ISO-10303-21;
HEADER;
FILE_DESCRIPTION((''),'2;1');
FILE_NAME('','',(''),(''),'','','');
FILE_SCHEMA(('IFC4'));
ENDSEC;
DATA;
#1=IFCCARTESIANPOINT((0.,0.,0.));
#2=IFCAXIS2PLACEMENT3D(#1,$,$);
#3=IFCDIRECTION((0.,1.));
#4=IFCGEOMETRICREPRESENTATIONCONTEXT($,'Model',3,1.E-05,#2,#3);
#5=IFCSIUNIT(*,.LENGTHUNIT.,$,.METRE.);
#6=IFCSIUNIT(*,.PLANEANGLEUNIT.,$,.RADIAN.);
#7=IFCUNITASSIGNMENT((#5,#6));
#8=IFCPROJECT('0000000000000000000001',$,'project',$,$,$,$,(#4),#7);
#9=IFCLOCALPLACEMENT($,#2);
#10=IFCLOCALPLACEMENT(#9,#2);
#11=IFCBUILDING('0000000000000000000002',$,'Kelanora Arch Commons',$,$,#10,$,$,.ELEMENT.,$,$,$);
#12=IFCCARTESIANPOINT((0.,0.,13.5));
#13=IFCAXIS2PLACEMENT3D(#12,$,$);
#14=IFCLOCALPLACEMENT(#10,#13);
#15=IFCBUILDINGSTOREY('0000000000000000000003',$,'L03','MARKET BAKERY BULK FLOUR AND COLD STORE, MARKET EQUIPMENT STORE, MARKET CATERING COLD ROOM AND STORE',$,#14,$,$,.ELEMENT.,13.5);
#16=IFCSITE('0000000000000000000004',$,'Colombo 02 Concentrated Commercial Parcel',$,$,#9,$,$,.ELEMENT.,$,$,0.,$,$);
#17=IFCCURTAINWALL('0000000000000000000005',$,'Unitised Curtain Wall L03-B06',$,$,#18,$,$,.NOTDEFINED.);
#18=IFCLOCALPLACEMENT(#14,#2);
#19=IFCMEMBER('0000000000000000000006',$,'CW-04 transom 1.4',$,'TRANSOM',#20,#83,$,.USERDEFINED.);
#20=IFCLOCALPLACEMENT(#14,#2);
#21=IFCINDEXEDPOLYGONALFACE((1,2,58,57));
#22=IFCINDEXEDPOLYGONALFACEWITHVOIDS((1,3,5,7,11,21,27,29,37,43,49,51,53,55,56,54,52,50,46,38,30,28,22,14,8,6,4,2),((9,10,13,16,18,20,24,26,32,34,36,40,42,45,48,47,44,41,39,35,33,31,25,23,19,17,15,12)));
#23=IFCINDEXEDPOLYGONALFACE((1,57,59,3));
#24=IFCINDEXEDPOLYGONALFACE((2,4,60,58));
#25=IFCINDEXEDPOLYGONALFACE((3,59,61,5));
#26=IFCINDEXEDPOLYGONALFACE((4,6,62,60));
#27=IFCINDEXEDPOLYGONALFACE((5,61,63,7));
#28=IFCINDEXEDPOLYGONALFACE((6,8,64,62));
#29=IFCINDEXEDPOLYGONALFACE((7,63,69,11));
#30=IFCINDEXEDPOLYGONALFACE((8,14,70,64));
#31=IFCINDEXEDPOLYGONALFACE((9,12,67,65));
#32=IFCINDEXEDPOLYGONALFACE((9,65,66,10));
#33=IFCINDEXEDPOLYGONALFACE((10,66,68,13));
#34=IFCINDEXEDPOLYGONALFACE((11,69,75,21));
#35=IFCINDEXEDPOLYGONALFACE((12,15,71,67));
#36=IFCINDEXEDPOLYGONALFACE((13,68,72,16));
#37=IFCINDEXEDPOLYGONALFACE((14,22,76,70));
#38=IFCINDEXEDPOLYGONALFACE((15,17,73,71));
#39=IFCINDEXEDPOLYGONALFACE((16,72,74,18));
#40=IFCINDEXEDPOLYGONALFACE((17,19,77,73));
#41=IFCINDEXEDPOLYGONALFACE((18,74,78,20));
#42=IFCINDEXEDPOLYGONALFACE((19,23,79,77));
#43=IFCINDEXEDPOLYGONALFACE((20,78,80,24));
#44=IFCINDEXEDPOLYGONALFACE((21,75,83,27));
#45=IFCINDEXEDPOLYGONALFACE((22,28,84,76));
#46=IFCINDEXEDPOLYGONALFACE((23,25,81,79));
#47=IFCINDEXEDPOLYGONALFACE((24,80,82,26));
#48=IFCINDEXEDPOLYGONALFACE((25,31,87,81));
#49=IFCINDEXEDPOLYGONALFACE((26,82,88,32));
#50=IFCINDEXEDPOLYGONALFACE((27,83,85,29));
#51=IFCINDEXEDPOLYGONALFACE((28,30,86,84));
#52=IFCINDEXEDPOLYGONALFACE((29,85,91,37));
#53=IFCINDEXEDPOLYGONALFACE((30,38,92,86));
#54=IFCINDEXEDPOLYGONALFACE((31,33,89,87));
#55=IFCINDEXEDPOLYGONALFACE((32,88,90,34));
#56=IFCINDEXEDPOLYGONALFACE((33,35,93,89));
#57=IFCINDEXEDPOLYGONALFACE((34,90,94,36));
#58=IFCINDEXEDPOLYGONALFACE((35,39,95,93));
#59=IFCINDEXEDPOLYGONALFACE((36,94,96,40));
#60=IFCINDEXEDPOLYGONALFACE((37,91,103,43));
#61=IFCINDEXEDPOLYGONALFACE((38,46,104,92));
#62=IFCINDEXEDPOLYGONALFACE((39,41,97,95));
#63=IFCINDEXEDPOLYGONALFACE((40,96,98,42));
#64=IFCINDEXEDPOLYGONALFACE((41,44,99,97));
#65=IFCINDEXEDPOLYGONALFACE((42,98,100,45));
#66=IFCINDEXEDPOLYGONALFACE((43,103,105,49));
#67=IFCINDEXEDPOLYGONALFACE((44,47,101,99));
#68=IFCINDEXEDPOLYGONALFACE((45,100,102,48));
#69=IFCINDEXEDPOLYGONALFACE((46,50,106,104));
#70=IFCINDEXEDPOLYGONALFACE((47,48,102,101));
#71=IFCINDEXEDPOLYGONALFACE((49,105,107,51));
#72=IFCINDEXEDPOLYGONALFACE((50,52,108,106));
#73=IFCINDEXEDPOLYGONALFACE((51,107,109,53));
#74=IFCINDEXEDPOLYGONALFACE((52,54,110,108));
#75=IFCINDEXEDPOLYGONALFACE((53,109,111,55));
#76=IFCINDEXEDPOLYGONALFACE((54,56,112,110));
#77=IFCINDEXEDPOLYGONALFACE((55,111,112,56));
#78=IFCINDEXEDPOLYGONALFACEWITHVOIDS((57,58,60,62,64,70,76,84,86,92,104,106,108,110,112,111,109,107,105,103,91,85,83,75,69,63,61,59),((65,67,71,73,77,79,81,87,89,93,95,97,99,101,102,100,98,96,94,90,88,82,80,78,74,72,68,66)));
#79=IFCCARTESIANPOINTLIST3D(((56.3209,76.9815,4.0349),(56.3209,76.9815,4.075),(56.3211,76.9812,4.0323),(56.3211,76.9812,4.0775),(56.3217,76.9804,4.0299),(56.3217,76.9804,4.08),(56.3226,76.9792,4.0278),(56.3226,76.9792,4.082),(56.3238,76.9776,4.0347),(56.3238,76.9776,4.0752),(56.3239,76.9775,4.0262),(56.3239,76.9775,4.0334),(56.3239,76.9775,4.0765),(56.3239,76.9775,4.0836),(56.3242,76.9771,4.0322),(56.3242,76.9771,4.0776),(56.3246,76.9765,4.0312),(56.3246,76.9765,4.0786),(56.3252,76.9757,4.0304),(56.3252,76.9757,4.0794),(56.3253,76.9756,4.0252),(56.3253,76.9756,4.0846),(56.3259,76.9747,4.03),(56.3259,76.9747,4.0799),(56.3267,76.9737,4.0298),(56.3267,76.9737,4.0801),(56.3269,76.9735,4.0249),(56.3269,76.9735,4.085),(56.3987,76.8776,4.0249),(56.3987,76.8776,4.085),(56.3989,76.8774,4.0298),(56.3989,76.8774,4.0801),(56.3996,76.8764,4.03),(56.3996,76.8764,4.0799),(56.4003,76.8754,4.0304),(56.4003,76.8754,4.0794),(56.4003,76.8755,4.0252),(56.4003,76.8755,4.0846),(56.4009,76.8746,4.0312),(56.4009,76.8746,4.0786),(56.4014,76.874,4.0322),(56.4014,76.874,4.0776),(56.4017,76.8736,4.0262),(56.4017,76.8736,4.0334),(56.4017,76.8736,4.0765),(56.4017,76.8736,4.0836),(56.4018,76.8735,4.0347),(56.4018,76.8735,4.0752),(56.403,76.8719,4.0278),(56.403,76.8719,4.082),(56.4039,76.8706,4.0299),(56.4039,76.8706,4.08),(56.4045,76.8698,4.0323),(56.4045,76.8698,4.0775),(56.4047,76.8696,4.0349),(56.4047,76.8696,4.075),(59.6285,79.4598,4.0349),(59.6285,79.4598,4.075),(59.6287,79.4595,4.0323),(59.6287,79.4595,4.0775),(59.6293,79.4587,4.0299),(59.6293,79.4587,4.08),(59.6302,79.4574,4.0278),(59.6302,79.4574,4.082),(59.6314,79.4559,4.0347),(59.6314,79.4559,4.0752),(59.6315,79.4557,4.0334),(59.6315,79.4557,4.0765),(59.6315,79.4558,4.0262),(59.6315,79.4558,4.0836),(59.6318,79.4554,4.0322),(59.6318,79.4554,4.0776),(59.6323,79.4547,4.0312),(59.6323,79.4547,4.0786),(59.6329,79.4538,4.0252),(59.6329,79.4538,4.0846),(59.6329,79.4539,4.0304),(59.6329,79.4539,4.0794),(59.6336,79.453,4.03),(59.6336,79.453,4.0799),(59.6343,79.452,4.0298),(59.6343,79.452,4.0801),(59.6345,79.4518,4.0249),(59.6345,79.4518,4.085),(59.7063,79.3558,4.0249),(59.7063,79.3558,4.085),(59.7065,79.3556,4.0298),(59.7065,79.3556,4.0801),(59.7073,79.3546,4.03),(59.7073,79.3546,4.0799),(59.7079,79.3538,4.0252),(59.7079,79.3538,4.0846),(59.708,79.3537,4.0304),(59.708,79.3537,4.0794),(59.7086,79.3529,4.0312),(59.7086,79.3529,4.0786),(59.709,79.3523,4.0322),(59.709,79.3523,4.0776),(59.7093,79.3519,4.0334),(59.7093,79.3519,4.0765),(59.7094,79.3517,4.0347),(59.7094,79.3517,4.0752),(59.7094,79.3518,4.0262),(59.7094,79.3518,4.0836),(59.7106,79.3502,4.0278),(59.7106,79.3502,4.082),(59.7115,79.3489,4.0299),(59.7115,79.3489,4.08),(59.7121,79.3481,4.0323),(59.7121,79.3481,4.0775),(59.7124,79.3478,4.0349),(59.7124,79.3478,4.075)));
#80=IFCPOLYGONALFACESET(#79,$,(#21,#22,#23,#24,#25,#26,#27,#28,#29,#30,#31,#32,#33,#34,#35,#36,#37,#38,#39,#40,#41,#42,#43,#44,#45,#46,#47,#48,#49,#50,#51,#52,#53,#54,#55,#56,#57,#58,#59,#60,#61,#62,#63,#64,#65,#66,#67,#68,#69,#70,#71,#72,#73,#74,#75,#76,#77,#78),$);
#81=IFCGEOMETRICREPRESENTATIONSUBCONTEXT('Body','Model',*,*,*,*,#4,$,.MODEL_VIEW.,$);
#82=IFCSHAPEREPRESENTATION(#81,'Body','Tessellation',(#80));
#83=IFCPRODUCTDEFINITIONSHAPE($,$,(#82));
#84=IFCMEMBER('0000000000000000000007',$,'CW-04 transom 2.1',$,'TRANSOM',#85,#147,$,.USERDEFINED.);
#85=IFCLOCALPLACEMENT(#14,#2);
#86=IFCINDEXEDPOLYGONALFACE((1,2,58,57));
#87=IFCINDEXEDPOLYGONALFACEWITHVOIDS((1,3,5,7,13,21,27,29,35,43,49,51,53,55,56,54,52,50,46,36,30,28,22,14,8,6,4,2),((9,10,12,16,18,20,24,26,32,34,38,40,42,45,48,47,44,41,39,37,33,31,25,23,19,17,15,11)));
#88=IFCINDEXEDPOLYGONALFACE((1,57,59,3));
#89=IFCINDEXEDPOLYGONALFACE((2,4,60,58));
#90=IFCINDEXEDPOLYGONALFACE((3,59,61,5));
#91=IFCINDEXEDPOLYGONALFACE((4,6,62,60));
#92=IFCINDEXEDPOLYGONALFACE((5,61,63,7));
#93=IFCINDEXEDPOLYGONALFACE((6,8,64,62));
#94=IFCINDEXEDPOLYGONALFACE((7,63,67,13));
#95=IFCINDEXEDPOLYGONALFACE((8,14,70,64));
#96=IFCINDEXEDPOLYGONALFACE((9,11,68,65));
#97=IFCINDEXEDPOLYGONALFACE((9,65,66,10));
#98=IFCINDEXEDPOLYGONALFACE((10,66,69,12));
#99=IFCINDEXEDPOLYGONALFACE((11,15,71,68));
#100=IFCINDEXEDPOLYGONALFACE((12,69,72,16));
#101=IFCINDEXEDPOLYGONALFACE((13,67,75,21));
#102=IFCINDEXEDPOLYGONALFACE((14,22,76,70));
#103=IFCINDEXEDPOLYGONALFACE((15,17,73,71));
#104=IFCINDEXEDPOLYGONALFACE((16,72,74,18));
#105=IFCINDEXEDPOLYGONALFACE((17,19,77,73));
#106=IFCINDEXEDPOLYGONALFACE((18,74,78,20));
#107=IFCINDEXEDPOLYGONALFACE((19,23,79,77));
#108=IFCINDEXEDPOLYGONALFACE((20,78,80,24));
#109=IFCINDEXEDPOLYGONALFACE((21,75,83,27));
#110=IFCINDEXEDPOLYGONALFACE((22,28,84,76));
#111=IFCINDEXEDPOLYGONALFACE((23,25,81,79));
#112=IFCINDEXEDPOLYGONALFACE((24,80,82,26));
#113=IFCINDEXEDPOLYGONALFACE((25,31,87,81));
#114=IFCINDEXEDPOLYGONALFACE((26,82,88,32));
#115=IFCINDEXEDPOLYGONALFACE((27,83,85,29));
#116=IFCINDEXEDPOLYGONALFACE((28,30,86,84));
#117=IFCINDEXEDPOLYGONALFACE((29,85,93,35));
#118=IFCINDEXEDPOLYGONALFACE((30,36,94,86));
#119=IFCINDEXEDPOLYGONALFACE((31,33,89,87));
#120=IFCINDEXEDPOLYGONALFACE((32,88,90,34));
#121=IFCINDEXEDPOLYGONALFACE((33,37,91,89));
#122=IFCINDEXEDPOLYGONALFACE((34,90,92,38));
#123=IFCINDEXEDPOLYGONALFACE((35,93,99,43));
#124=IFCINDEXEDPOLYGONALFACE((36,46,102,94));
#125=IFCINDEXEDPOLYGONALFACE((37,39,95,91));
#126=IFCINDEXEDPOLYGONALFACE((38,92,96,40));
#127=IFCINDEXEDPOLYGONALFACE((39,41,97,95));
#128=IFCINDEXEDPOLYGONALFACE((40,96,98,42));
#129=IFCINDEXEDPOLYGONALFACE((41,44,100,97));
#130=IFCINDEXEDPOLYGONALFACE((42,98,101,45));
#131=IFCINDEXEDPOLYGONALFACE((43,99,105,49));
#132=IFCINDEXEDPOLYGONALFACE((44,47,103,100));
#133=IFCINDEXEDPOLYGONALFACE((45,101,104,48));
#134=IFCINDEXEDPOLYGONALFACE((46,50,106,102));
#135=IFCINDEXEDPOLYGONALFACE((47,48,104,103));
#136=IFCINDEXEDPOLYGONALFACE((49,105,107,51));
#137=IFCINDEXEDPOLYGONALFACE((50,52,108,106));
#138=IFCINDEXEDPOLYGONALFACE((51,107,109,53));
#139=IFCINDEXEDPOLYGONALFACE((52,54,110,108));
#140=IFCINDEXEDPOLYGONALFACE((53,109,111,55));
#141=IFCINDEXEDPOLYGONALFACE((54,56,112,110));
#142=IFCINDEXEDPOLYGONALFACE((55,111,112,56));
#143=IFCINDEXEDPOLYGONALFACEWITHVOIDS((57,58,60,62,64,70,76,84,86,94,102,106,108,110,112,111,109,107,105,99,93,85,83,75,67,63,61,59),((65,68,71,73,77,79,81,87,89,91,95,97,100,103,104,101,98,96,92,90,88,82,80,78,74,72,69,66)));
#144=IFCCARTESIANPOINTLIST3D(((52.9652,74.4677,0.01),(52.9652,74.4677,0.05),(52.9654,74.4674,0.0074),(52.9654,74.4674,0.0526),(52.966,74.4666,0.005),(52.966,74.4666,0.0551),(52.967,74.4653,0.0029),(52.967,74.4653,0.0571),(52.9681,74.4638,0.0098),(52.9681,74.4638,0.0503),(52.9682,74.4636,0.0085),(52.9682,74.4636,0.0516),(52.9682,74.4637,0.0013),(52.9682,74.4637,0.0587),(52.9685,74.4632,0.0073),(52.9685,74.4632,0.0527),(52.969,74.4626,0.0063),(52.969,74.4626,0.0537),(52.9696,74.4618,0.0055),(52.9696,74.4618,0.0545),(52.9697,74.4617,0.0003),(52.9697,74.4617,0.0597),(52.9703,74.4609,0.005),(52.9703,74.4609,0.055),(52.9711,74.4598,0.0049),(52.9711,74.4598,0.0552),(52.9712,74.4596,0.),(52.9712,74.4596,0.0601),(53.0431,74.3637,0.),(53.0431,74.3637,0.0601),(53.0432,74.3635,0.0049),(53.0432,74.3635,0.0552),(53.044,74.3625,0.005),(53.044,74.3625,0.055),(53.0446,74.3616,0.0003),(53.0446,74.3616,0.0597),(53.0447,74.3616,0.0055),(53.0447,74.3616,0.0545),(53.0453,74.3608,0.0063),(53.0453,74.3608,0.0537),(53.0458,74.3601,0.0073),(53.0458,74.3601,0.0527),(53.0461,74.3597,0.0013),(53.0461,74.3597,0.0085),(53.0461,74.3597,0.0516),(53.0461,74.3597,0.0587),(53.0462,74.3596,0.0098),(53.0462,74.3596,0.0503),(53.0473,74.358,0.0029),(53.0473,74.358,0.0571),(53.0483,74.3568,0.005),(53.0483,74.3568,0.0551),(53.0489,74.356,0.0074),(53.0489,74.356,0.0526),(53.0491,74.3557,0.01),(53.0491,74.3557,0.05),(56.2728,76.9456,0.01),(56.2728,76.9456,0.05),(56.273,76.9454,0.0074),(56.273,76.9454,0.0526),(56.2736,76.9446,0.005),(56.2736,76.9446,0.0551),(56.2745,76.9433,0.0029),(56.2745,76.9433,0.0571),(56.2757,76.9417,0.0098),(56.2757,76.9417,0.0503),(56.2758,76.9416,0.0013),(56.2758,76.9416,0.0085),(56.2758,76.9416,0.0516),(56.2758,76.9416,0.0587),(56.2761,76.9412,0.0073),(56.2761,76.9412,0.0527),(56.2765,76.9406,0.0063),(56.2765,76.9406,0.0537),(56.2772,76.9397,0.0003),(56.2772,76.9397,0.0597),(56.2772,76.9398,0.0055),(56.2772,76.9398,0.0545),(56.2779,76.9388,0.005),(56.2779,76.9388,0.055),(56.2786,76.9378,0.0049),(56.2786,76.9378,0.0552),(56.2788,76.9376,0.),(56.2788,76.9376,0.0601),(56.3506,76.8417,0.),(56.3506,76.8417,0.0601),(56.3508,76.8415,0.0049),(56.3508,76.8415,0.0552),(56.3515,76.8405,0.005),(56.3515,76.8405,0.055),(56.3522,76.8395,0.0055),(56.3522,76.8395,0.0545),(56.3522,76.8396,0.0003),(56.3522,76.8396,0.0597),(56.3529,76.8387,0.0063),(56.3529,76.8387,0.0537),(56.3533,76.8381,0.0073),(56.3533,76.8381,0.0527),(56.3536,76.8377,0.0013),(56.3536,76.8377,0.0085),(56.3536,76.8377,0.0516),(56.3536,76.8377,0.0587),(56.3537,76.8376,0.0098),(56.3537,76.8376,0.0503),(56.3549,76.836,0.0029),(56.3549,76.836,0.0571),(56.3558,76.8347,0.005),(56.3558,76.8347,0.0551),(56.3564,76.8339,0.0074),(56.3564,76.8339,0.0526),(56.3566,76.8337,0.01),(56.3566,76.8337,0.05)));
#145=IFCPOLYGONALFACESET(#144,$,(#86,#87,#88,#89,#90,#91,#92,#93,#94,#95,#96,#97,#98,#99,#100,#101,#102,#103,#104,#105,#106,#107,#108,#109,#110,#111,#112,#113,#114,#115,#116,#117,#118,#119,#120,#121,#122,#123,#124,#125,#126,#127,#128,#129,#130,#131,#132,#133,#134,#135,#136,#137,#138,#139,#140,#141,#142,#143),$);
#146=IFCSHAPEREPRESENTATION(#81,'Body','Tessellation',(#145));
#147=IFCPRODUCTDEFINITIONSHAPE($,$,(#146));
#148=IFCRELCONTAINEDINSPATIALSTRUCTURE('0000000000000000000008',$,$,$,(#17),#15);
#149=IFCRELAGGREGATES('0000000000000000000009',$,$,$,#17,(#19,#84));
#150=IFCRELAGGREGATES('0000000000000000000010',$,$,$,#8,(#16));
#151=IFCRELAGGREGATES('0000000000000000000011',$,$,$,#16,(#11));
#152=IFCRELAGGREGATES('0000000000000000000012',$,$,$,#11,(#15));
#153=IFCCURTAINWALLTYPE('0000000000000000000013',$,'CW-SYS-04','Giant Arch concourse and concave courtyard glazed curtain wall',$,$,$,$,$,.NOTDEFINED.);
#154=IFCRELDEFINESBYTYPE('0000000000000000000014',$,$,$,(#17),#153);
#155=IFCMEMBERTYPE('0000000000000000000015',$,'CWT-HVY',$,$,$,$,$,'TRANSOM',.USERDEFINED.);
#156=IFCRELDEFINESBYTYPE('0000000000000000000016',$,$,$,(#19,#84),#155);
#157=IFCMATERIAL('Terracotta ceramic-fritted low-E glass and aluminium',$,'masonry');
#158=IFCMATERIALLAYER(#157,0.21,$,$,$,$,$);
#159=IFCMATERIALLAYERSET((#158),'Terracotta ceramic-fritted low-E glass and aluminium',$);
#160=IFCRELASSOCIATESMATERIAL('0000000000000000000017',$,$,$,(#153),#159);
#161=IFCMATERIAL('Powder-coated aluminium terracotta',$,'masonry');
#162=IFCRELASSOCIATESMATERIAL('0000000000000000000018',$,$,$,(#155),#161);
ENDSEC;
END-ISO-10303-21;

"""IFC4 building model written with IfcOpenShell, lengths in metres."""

from ifc_helpers import new_model, si_unit, direction, frame, origin, origin_2d, place, context, subcontext, project, spatial, hollow_rectangle, extrude, material, layer, layer_set, material_profile, profile_set, type_object, element, aggregate, save


model = new_model("IFC4")

# Units and contexts
model_context = context("Model", 3, precision=1e-05, world=origin(), true_north=direction((0.0, 1.0)))
body_context = subcontext(model_context, "Body", "Model", "MODEL_VIEW")
ifc_project = project(units=[si_unit("LENGTHUNIT", "METRE"), si_unit("PLANEANGLEUNIT", "RADIAN")], contexts=[model_context])

# Site, building, storey
site_placement = place(None, origin())
site = spatial("IfcSite", under=ifc_project, at=site_placement, Name="Colombo 02 Concentrated Commercial Parcel", CompositionType="ELEMENT", RefElevation=0.0)
building_placement = place(site_placement, origin())
building = spatial("IfcBuilding", under=site, at=building_placement, Name="Kelanora Arch Commons", CompositionType="ELEMENT")
storey_placement = place(building_placement, frame((0.0, 0.0, 13.5)))
storey = spatial("IfcBuildingStorey", under=building, at=storey_placement, Name="L03", Description="MARKET BAKERY BULK FLOUR AND COLD STORE, MARKET EQUIPMENT STORE, MARKET CATERING COLD ROOM AND STORE", CompositionType="ELEMENT", Elevation=13.5)

# Shared definitions
ifc_material_1 = material(Name="Terracotta ceramic-fritted low-E glass and aluminium", Category="masonry")
ifc_layer_1 = layer(ifc_material_1, 0.21)
ifc_layer_set_1 = layer_set([ifc_layer_1], Name="Terracotta ceramic-fritted low-E glass and aluminium")
curtain_wall_type = type_object("IfcCurtainWallType", Name="CW-SYS-04", Description="Giant Arch concourse and concave courtyard glazed curtain wall", PredefinedType="NOTDEFINED", material=ifc_layer_set_1)
ifc_material_2 = material(Name="Powder-coated aluminium terracotta", Category="masonry")

# Curtain wall
curtain_wall_1_placement = place(storey_placement, origin())
curtain_wall_1 = element("IfcCurtainWall", 1, at=curtain_wall_1_placement, inside=storey, type_object=curtain_wall_type, Name="Unitised Curtain Wall L03-B06", PredefinedType="NOTDEFINED")

# Members
ifc_material_profile_1 = material_profile(ifc_material_2, hollow_rectangle(XDim=0.1399, YDim=0.0601, WallThickness=0.0049, InnerFilletRadius=0.0049, OuterFilletRadius=0.01, at=origin_2d()), Name="CWT140x60")
ifc_profile_set_1 = profile_set([ifc_material_profile_1], Name="Powder-coated aluminium terracotta")
member_type_1 = type_object("IfcMemberType", Name="CWT-HVY", ElementType="TRANSOM", PredefinedType="USERDEFINED", material=ifc_profile_set_1)
member_1_placement = place(storey_placement, frame((59.6704, 79.4038, 4.0549), z_axis=(-0.800283, -0.599622, 0.0), x_axis=(0.599622, -0.800283, 0.0)))
member_1 = element("IfcMember", 2, at=member_1_placement, type_object=member_type_1, Name="CW-04 transom 1.4", ObjectType="TRANSOM", PredefinedType="USERDEFINED", context=body_context, shape_type="SweptSolid", body=[
    extrude(hollow_rectangle(XDim=0.1399, YDim=0.0601, WallThickness=0.0049, InnerFilletRadius=0.0049, OuterFilletRadius=0.01, at=origin_2d()), origin(), (0.0, 0.0, 1.0), 4.1331),
])
member_2_placement = place(storey_placement, frame((56.3147, 76.8896, 0.03), z_axis=(-0.800312, -0.599584, 0.0), x_axis=(0.599584, -0.800312, 0.0)))
member_2 = element("IfcMember", 3, at=member_2_placement, type_object=member_type_1, Name="CW-04 transom 2.1", ObjectType="TRANSOM", PredefinedType="USERDEFINED", context=body_context, shape_type="SweptSolid", body=[
    extrude(hollow_rectangle(XDim=0.1399, YDim=0.0601, WallThickness=0.0049, InnerFilletRadius=0.0049, OuterFilletRadius=0.01, at=origin_2d()), origin(), (0.0, 0.0, 1.0), 4.1328),
])

aggregate(curtain_wall_1, [member_1, member_2])

save(model, "model.ifc")
